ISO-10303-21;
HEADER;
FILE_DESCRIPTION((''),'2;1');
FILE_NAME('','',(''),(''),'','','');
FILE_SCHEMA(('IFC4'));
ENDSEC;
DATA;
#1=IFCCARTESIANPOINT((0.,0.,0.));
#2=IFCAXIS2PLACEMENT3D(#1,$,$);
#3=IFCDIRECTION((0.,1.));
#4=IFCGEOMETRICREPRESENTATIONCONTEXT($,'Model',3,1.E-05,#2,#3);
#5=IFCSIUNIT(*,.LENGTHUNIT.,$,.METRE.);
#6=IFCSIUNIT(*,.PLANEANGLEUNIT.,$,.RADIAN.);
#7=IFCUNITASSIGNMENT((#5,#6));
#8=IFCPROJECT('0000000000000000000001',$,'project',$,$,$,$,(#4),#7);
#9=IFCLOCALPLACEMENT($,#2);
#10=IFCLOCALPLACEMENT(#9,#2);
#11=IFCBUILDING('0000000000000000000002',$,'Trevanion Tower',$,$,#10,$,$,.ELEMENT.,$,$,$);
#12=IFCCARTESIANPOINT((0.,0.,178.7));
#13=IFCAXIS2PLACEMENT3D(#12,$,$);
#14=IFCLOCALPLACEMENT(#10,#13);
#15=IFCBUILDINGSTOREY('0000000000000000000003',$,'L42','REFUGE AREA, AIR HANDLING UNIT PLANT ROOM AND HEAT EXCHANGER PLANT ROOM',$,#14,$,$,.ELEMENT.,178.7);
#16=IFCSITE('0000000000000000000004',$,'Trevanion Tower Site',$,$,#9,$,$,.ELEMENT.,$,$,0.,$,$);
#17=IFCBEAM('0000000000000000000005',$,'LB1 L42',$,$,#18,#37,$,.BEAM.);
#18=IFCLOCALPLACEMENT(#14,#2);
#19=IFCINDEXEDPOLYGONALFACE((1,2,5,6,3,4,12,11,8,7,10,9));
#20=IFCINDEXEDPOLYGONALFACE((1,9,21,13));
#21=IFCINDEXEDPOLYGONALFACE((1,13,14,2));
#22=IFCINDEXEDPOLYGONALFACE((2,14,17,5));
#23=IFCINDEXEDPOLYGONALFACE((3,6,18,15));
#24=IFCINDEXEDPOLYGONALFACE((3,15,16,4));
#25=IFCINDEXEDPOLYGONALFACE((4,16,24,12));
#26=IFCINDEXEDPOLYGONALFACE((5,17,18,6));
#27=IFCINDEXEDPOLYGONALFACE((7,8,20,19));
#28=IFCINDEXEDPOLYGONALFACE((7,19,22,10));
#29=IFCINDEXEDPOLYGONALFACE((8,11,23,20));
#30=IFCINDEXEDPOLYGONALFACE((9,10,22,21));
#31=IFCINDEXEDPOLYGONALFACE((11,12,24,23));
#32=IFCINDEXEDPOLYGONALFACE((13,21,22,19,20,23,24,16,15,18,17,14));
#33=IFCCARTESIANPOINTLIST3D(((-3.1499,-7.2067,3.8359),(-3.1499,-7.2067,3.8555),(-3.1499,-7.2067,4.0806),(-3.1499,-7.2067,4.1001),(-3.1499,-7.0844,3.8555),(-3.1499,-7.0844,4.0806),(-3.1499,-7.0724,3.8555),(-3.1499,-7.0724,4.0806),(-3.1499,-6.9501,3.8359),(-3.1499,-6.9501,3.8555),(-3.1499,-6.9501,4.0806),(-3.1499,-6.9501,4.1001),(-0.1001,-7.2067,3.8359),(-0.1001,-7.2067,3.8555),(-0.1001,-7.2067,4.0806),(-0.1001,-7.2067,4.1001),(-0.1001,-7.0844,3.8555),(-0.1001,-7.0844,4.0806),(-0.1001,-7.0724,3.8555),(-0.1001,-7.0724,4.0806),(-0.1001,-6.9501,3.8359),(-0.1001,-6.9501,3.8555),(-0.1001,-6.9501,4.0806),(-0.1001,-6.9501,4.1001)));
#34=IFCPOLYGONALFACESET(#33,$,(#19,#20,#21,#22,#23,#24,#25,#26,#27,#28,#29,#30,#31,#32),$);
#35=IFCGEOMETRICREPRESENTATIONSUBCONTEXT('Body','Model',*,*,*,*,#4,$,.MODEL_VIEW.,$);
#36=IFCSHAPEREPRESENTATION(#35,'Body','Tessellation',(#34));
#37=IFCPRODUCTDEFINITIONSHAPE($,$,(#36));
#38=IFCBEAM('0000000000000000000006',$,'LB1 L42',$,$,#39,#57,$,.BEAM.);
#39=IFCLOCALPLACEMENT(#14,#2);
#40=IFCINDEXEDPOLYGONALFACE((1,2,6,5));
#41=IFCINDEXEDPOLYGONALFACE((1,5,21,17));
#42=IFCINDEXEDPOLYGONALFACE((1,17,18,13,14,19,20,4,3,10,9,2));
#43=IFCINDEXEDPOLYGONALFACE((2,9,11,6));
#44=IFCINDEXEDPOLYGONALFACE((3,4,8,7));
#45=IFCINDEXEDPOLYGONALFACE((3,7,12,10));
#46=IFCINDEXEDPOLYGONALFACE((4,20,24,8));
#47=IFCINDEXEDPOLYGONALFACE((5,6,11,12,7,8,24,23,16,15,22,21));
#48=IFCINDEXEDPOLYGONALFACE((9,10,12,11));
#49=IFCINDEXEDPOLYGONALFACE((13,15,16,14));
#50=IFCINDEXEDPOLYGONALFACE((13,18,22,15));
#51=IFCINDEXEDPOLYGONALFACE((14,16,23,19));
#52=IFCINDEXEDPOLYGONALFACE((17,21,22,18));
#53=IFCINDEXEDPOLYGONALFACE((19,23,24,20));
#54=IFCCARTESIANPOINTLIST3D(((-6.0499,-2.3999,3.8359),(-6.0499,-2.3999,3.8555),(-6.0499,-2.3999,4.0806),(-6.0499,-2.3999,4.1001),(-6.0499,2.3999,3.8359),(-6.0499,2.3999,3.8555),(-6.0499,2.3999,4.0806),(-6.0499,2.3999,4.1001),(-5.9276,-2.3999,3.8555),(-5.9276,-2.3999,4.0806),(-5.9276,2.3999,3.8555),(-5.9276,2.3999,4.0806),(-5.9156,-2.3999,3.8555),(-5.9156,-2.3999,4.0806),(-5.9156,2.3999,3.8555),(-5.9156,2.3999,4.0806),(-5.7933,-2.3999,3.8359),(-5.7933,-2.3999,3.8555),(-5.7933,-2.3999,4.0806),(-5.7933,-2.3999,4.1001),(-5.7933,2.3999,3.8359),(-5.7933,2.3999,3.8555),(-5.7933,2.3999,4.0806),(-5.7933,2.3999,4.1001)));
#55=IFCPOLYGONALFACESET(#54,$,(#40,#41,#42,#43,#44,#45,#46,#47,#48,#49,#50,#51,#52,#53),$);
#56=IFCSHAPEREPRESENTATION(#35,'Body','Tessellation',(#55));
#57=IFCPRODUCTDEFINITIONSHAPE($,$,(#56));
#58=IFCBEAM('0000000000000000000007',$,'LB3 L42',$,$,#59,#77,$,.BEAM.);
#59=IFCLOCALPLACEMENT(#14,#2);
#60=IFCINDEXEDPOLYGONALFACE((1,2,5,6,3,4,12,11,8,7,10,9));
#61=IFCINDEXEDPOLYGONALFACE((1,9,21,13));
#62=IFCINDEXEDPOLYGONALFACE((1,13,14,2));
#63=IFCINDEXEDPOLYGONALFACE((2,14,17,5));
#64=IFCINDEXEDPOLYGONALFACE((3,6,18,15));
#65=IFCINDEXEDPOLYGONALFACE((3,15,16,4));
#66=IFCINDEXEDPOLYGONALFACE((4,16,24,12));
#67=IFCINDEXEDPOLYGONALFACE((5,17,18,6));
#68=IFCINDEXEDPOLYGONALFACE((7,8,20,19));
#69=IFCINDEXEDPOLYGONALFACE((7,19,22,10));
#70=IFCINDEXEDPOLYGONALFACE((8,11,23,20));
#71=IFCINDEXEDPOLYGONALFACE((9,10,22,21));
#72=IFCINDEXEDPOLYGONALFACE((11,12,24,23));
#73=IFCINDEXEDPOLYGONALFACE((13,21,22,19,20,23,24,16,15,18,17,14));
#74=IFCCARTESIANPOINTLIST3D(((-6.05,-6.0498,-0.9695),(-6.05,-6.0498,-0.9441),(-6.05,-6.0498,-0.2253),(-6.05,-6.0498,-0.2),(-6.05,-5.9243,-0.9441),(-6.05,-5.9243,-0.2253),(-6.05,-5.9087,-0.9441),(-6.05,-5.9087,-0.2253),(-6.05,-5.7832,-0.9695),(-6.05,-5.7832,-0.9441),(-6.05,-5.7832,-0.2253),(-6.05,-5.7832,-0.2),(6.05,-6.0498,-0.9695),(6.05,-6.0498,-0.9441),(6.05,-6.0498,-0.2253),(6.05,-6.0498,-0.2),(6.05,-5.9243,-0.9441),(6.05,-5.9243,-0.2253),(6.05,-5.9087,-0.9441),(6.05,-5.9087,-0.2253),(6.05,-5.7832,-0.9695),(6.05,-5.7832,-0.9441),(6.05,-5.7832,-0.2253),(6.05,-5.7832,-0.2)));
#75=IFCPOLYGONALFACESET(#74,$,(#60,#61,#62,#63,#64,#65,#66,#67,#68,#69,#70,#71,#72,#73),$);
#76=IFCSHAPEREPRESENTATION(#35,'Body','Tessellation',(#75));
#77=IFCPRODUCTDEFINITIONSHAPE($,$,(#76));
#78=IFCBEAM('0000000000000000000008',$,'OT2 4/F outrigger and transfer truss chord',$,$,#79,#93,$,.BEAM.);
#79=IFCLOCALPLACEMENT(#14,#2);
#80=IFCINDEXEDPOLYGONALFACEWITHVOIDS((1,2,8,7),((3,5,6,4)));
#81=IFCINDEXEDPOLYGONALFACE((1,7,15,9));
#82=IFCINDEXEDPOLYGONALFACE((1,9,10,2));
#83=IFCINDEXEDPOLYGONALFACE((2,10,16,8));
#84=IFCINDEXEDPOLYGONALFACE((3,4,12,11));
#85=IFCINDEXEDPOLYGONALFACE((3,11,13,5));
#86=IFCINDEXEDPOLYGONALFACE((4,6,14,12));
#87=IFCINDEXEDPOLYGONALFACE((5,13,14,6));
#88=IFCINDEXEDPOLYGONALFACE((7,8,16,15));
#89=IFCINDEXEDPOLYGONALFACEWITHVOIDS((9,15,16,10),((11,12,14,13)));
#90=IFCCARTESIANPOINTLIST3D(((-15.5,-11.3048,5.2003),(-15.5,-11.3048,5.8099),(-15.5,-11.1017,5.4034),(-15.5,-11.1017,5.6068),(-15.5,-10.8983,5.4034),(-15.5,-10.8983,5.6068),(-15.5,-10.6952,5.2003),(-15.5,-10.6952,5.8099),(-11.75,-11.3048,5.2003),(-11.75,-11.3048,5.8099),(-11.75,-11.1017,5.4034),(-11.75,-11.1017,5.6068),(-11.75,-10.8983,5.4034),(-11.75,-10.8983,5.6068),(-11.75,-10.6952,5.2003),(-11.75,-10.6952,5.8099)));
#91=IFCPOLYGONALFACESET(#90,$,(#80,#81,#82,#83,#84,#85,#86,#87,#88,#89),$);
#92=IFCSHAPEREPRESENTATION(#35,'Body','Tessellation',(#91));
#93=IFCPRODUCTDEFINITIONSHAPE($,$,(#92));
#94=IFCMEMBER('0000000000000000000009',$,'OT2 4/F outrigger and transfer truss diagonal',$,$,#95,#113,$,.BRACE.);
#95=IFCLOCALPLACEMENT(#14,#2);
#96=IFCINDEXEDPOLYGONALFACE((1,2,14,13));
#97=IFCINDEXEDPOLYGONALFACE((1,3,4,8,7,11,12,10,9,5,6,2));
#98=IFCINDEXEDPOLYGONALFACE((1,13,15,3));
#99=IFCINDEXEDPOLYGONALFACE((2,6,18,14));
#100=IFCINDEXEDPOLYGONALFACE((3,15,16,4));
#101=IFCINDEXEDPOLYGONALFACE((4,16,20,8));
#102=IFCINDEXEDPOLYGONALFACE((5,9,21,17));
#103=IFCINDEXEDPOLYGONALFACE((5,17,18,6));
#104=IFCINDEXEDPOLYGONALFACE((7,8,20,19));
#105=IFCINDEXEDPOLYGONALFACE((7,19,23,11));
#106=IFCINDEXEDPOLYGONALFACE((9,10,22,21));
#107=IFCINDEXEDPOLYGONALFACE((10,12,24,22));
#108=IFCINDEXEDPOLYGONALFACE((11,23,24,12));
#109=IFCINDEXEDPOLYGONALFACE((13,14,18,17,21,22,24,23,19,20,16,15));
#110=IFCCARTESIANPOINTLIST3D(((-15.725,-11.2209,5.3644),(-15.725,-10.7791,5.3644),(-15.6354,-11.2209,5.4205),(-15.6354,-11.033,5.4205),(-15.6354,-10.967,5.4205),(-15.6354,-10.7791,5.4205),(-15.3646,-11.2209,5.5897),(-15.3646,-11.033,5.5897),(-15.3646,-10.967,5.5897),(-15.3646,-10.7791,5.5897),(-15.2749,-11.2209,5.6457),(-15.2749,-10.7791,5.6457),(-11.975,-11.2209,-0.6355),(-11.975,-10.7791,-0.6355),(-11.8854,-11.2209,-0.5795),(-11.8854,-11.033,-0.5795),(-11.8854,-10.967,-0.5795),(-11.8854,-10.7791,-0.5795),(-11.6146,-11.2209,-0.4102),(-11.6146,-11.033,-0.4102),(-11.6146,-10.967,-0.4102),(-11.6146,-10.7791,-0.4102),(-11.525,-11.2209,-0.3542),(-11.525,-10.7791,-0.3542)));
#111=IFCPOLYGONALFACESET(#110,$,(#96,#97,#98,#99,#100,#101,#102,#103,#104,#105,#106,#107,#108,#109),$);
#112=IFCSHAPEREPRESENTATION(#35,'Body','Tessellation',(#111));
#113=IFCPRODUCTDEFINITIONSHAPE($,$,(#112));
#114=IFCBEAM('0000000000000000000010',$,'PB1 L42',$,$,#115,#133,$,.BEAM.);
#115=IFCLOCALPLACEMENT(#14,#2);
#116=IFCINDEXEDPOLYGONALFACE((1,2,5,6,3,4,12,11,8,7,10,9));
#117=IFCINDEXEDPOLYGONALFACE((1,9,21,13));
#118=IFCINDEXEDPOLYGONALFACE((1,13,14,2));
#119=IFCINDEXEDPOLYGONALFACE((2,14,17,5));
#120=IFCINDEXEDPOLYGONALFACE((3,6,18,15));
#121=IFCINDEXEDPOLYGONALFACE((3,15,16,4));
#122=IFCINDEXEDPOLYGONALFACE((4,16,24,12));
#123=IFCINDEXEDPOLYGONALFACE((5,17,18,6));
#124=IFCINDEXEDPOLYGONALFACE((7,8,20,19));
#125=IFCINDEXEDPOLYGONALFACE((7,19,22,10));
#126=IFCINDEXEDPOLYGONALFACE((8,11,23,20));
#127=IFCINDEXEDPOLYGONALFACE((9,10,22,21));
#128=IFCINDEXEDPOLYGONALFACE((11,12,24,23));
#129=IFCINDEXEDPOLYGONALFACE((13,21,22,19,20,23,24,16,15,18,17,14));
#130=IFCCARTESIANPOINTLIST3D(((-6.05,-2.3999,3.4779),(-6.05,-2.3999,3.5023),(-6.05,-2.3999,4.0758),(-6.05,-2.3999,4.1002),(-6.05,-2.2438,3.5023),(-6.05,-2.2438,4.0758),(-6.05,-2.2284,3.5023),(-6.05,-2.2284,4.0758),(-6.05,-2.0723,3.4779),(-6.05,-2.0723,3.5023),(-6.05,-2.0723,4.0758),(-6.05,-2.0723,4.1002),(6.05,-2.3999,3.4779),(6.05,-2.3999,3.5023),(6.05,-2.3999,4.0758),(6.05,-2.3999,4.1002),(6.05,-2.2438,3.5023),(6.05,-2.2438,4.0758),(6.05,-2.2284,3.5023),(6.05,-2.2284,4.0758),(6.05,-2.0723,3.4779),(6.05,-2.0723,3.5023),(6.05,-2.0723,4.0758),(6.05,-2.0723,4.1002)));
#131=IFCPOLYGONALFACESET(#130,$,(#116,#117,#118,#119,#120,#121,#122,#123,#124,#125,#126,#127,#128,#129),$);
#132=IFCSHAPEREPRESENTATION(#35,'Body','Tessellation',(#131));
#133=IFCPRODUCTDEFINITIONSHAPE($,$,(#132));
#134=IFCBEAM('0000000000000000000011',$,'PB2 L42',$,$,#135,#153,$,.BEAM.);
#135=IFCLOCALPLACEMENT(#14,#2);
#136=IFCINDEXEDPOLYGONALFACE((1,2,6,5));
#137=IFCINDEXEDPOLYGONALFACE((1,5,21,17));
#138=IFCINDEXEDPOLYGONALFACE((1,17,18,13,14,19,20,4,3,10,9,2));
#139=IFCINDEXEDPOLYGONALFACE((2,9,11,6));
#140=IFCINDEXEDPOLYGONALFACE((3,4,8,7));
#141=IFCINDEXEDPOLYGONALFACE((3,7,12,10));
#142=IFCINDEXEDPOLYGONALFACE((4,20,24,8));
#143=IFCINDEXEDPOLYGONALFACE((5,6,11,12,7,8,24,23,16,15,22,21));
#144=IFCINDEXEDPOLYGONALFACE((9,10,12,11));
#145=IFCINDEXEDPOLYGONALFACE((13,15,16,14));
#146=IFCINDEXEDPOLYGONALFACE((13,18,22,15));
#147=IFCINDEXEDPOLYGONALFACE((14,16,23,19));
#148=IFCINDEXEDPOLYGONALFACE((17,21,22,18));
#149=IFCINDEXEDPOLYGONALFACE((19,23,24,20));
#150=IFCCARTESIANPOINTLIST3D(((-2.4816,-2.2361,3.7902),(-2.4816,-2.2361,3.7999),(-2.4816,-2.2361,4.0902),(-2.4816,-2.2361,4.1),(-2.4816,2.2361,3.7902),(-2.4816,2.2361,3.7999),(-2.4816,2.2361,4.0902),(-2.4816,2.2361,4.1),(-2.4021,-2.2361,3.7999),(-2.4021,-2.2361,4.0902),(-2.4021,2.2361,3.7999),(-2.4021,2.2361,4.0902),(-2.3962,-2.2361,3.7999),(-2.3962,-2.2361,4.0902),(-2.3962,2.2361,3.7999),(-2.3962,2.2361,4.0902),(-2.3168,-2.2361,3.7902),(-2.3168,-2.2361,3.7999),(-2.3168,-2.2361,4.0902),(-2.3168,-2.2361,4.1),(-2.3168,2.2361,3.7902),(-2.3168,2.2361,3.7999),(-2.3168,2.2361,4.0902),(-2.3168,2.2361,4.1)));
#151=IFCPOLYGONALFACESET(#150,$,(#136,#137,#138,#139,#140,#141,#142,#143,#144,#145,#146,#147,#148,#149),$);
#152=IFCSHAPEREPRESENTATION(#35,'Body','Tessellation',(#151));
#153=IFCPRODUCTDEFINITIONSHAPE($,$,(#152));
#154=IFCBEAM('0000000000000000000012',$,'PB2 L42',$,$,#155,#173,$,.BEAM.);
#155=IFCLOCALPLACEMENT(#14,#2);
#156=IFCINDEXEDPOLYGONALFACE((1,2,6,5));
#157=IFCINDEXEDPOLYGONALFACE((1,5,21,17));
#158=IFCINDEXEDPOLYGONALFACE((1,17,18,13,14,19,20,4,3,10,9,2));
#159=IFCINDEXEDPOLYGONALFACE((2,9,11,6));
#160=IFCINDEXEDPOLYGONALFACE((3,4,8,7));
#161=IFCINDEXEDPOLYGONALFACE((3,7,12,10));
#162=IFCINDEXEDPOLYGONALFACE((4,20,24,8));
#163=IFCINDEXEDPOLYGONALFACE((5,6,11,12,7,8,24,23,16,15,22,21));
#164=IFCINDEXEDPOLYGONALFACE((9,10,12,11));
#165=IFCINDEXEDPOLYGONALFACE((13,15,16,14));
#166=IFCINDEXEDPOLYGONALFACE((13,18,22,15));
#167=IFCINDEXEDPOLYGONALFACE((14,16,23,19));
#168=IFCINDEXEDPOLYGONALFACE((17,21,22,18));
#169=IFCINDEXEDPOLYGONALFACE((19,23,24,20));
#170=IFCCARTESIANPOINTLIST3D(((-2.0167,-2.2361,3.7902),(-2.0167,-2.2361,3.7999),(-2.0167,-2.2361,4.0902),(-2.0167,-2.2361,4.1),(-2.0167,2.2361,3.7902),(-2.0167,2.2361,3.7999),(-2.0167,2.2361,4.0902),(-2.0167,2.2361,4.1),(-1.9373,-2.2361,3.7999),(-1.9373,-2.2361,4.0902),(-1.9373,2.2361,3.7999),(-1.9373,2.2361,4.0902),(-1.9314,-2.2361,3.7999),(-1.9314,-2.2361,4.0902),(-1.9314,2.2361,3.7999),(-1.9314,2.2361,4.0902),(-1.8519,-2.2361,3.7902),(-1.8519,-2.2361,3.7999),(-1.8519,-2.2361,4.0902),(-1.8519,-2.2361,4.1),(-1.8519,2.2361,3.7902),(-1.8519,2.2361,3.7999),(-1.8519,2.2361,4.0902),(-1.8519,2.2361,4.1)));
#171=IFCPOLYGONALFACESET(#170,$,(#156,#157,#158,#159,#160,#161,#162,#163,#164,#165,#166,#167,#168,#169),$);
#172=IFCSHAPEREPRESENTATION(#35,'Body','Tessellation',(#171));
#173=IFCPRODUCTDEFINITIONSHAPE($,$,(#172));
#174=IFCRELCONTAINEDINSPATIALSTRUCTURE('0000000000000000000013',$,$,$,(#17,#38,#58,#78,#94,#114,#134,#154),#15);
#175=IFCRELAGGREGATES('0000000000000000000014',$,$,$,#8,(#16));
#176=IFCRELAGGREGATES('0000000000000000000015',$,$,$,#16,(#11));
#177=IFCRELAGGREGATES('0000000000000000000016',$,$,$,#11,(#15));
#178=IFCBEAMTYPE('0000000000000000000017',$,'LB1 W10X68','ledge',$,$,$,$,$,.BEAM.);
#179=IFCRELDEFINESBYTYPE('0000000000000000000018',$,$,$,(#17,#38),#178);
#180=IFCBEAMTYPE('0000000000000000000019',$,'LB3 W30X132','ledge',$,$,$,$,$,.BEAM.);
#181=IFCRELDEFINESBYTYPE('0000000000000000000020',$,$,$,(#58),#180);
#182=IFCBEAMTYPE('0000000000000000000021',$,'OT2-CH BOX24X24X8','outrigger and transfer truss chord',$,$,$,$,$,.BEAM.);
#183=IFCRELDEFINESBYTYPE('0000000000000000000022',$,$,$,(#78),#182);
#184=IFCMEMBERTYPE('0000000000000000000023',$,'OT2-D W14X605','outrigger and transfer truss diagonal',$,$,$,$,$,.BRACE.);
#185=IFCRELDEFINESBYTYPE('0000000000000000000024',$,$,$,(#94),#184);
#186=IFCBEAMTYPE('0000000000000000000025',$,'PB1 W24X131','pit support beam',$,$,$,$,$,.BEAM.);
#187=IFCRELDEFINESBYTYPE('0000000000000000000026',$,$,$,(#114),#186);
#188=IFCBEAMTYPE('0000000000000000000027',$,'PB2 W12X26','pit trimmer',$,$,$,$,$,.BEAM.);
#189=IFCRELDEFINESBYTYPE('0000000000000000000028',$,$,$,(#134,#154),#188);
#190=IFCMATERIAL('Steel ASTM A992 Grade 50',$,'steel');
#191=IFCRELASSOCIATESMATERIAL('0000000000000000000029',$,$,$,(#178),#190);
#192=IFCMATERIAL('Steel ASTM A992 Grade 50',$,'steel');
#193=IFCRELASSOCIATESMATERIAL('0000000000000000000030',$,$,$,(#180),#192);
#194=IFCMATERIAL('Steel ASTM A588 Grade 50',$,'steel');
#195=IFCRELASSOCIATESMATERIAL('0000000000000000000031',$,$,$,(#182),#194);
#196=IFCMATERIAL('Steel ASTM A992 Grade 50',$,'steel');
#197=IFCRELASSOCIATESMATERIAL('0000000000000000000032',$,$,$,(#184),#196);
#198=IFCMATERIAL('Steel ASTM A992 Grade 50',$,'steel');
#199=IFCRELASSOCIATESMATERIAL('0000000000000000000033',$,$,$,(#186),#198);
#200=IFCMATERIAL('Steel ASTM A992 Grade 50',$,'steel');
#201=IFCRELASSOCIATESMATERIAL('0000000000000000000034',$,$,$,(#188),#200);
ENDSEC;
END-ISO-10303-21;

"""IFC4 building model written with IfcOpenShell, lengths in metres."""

from ifc_helpers import new_model, si_unit, direction, frame, origin, origin_2d, place, context, subcontext, project, spatial, hollow_rectangle, i_section, extrude, material, material_profile, profile_set, type_object, element, save


model = new_model("IFC4")

# Units and contexts
model_context = context("Model", 3, precision=1e-05, world=origin(), true_north=direction((0.0, 1.0)))
body_context = subcontext(model_context, "Body", "Model", "MODEL_VIEW")
ifc_project = project(units=[si_unit("LENGTHUNIT", "METRE"), si_unit("PLANEANGLEUNIT", "RADIAN")], contexts=[model_context])

# Site, building, storey
site_placement = place(None, origin())
site = spatial("IfcSite", under=ifc_project, at=site_placement, Name="Trevanion Tower Site", CompositionType="ELEMENT", RefElevation=0.0)
building_placement = place(site_placement, origin())
building = spatial("IfcBuilding", under=site, at=building_placement, Name="Trevanion Tower", CompositionType="ELEMENT")
storey_placement = place(building_placement, frame((0.0, 0.0, 178.7)))
storey = spatial("IfcBuildingStorey", under=building, at=storey_placement, Name="L42", Description="REFUGE AREA, AIR HANDLING UNIT PLANT ROOM AND HEAT EXCHANGER PLANT ROOM", CompositionType="ELEMENT", Elevation=178.7)

# Beams
ifc_material_1 = material(Name="Steel ASTM A992 Grade 50", Category="steel")
ifc_material_profile_1 = material_profile(ifc_material_1, i_section(OverallWidth=0.2566, OverallDepth=0.2642, WebThickness=0.012, FlangeThickness=0.0195, at=origin_2d()), Name="W10X68")
ifc_profile_set_1 = profile_set([ifc_material_profile_1], Name="Steel ASTM A992 Grade 50")
beam_type_1 = type_object("IfcBeamType", Name="LB1 W10X68", Description="ledge", PredefinedType="BEAM", material=ifc_profile_set_1)
for number, where, z_axis, x_axis, name in (
    (1, (-3.1499, -7.0784, 3.968), (1.0, 0.0, 0.0), (0.0, 1.0, 0.0), "LB1 L42"),
):
    element("IfcBeam", number, at=place(storey_placement, frame(where, z_axis=z_axis, x_axis=x_axis)), inside=storey, type_object=beam_type_1, Name=name, PredefinedType="BEAM", context=body_context, shape_type="SweptSolid", body=[
        extrude(i_section(OverallWidth=0.2566, OverallDepth=0.2642, WebThickness=0.012, FlangeThickness=0.0195, at=origin_2d()), origin(), (0.0, 0.0, 1.0), 3.0498),
    ])
beam_1_placement = place(storey_placement, frame((-5.9216, -2.3999, 3.968), z_axis=(0.0, 1.0, 0.0), x_axis=(-1.0, 0.0, 0.0)))
element("IfcBeam", 2, at=beam_1_placement, inside=storey, type_object=beam_type_1, Name="LB1 L42", PredefinedType="BEAM", context=body_context, shape_type="SweptSolid", body=[
    extrude(i_section(OverallWidth=0.2566, OverallDepth=0.2642, WebThickness=0.012, FlangeThickness=0.0195, at=origin_2d()), origin(), (0.0, 0.0, 1.0), 4.7998),
])
ifc_material_2 = material(Name="Steel ASTM A992 Grade 50", Category="steel")
ifc_material_profile_2 = material_profile(ifc_material_2, i_section(OverallWidth=0.2666, OverallDepth=0.7695, WebThickness=0.0156, FlangeThickness=0.0254, at=origin_2d()), Name="W30X132")
ifc_profile_set_2 = profile_set([ifc_material_profile_2], Name="Steel ASTM A992 Grade 50")
beam_type_2 = type_object("IfcBeamType", Name="LB3 W30X132", Description="ledge", PredefinedType="BEAM", material=ifc_profile_set_2)
beam_2_placement = place(storey_placement, frame((-6.05, -5.9165, -0.5847), z_axis=(1.0, 0.0, 0.0), x_axis=(0.0, 1.0, 0.0)))
element("IfcBeam", 3, at=beam_2_placement, inside=storey, type_object=beam_type_2, Name="LB3 L42", PredefinedType="BEAM", context=body_context, shape_type="SweptSolid", body=[
    extrude(i_section(OverallWidth=0.2666, OverallDepth=0.7695, WebThickness=0.0156, FlangeThickness=0.0254, at=origin_2d()), origin(), (0.0, 0.0, 1.0), 12.1001),
])
ifc_material_3 = material(Name="Steel ASTM A588 Grade 50", Category="steel")
ifc_material_profile_3 = material_profile(ifc_material_3, hollow_rectangle(XDim=0.6096, YDim=0.6096, WallThickness=0.2031, at=origin_2d()), Name="BOX24X24X8")
ifc_profile_set_3 = profile_set([ifc_material_profile_3], Name="Steel ASTM A588 Grade 50")
beam_type_3 = type_object("IfcBeamType", Name="OT2-CH BOX24X24X8", Description="outrigger and transfer truss chord", PredefinedType="BEAM", material=ifc_profile_set_3)
beam_3_placement = place(storey_placement, frame((-11.75, -11.0, 5.5051), z_axis=(-1.0, 0.0, 0.0), x_axis=(0.0, -1.0, 0.0)))
element("IfcBeam", 4, at=beam_3_placement, inside=storey, type_object=beam_type_3, Name="OT2 4/F outrigger and transfer truss chord", PredefinedType="BEAM", context=body_context, shape_type="SweptSolid", body=[
    extrude(hollow_rectangle(XDim=0.6096, YDim=0.6096, WallThickness=0.2031, at=origin_2d()), origin(), (0.0, 0.0, 1.0), 3.75),
])

# Member
ifc_material_4 = material(Name="Steel ASTM A992 Grade 50", Category="steel")
ifc_material_profile_4 = material_profile(ifc_material_4, i_section(OverallWidth=0.4419, OverallDepth=0.5308, WebThickness=0.0659, FlangeThickness=0.1057, at=origin_2d()), Name="W14X605")
ifc_profile_set_4 = profile_set([ifc_material_profile_4], Name="Steel ASTM A992 Grade 50")
member_type = type_object("IfcMemberType", Name="OT2-D W14X605", Description="outrigger and transfer truss diagonal", PredefinedType="BRACE", material=ifc_profile_set_4)
member_placement = place(storey_placement, frame((-11.75, -11.0, -0.4949), z_axis=(-0.529999, 0.0, 0.847998), x_axis=(0.0, -1.0, 0.0)))
element("IfcMember", 5, at=member_placement, inside=storey, type_object=member_type, Name="OT2 4/F outrigger and transfer truss diagonal", PredefinedType="BRACE", context=body_context, shape_type="SweptSolid", body=[
    extrude(i_section(OverallWidth=0.4419, OverallDepth=0.5308, WebThickness=0.0659, FlangeThickness=0.1057, at=origin_2d()), origin(), (0.0, 0.0, 1.0), 7.0754),
])

# Beams
ifc_material_5 = material(Name="Steel ASTM A992 Grade 50", Category="steel")
ifc_material_profile_5 = material_profile(ifc_material_5, i_section(OverallWidth=0.3276, OverallDepth=0.6223, WebThickness=0.0154, FlangeThickness=0.0244, at=origin_2d()), Name="W24X131")
ifc_profile_set_5 = profile_set([ifc_material_profile_5], Name="Steel ASTM A992 Grade 50")
beam_type_4 = type_object("IfcBeamType", Name="PB1 W24X131", Description="pit support beam", PredefinedType="BEAM", material=ifc_profile_set_5)
beam_4_placement = place(storey_placement, frame((-6.05, -2.2361, 3.7891), z_axis=(1.0, 0.0, 0.0), x_axis=(0.0, 1.0, 0.0)))
element("IfcBeam", 6, at=beam_4_placement, inside=storey, type_object=beam_type_4, Name="PB1 L42", PredefinedType="BEAM", context=body_context, shape_type="SweptSolid", body=[
    extrude(i_section(OverallWidth=0.3276, OverallDepth=0.6223, WebThickness=0.0154, FlangeThickness=0.0244, at=origin_2d()), origin(), (0.0, 0.0, 1.0), 12.1001),
])
ifc_material_6 = material(Name="Steel ASTM A992 Grade 50", Category="steel")
ifc_material_profile_6 = material_profile(ifc_material_6, i_section(OverallWidth=0.1648, OverallDepth=0.3098, WebThickness=0.0059, FlangeThickness=0.0098, at=origin_2d()), Name="W12X26")
ifc_profile_set_6 = profile_set([ifc_material_profile_6], Name="Steel ASTM A992 Grade 50")
beam_type_5 = type_object("IfcBeamType", Name="PB2 W12X26", Description="pit trimmer", PredefinedType="BEAM", material=ifc_profile_set_6)
for number, where, z_axis, x_axis, name in (
    (7, (-2.3992, -2.2361, 3.9451), (0.0, 1.0, 0.0), (-1.0, 0.0, 0.0), "PB2 L42"),
    (8, (-1.9343, -2.2361, 3.9451), (0.0, 1.0, 0.0), (-1.0, 0.0, 0.0), "PB2 L42"),
):
    element("IfcBeam", number, at=place(storey_placement, frame(where, z_axis=z_axis, x_axis=x_axis)), inside=storey, type_object=beam_type_5, Name=name, PredefinedType="BEAM", context=body_context, shape_type="SweptSolid", body=[
        extrude(i_section(OverallWidth=0.1648, OverallDepth=0.3098, WebThickness=0.0059, FlangeThickness=0.0098, at=origin_2d()), origin(), (0.0, 0.0, 1.0), 4.4722),
    ])

save(model, "model.ifc")
